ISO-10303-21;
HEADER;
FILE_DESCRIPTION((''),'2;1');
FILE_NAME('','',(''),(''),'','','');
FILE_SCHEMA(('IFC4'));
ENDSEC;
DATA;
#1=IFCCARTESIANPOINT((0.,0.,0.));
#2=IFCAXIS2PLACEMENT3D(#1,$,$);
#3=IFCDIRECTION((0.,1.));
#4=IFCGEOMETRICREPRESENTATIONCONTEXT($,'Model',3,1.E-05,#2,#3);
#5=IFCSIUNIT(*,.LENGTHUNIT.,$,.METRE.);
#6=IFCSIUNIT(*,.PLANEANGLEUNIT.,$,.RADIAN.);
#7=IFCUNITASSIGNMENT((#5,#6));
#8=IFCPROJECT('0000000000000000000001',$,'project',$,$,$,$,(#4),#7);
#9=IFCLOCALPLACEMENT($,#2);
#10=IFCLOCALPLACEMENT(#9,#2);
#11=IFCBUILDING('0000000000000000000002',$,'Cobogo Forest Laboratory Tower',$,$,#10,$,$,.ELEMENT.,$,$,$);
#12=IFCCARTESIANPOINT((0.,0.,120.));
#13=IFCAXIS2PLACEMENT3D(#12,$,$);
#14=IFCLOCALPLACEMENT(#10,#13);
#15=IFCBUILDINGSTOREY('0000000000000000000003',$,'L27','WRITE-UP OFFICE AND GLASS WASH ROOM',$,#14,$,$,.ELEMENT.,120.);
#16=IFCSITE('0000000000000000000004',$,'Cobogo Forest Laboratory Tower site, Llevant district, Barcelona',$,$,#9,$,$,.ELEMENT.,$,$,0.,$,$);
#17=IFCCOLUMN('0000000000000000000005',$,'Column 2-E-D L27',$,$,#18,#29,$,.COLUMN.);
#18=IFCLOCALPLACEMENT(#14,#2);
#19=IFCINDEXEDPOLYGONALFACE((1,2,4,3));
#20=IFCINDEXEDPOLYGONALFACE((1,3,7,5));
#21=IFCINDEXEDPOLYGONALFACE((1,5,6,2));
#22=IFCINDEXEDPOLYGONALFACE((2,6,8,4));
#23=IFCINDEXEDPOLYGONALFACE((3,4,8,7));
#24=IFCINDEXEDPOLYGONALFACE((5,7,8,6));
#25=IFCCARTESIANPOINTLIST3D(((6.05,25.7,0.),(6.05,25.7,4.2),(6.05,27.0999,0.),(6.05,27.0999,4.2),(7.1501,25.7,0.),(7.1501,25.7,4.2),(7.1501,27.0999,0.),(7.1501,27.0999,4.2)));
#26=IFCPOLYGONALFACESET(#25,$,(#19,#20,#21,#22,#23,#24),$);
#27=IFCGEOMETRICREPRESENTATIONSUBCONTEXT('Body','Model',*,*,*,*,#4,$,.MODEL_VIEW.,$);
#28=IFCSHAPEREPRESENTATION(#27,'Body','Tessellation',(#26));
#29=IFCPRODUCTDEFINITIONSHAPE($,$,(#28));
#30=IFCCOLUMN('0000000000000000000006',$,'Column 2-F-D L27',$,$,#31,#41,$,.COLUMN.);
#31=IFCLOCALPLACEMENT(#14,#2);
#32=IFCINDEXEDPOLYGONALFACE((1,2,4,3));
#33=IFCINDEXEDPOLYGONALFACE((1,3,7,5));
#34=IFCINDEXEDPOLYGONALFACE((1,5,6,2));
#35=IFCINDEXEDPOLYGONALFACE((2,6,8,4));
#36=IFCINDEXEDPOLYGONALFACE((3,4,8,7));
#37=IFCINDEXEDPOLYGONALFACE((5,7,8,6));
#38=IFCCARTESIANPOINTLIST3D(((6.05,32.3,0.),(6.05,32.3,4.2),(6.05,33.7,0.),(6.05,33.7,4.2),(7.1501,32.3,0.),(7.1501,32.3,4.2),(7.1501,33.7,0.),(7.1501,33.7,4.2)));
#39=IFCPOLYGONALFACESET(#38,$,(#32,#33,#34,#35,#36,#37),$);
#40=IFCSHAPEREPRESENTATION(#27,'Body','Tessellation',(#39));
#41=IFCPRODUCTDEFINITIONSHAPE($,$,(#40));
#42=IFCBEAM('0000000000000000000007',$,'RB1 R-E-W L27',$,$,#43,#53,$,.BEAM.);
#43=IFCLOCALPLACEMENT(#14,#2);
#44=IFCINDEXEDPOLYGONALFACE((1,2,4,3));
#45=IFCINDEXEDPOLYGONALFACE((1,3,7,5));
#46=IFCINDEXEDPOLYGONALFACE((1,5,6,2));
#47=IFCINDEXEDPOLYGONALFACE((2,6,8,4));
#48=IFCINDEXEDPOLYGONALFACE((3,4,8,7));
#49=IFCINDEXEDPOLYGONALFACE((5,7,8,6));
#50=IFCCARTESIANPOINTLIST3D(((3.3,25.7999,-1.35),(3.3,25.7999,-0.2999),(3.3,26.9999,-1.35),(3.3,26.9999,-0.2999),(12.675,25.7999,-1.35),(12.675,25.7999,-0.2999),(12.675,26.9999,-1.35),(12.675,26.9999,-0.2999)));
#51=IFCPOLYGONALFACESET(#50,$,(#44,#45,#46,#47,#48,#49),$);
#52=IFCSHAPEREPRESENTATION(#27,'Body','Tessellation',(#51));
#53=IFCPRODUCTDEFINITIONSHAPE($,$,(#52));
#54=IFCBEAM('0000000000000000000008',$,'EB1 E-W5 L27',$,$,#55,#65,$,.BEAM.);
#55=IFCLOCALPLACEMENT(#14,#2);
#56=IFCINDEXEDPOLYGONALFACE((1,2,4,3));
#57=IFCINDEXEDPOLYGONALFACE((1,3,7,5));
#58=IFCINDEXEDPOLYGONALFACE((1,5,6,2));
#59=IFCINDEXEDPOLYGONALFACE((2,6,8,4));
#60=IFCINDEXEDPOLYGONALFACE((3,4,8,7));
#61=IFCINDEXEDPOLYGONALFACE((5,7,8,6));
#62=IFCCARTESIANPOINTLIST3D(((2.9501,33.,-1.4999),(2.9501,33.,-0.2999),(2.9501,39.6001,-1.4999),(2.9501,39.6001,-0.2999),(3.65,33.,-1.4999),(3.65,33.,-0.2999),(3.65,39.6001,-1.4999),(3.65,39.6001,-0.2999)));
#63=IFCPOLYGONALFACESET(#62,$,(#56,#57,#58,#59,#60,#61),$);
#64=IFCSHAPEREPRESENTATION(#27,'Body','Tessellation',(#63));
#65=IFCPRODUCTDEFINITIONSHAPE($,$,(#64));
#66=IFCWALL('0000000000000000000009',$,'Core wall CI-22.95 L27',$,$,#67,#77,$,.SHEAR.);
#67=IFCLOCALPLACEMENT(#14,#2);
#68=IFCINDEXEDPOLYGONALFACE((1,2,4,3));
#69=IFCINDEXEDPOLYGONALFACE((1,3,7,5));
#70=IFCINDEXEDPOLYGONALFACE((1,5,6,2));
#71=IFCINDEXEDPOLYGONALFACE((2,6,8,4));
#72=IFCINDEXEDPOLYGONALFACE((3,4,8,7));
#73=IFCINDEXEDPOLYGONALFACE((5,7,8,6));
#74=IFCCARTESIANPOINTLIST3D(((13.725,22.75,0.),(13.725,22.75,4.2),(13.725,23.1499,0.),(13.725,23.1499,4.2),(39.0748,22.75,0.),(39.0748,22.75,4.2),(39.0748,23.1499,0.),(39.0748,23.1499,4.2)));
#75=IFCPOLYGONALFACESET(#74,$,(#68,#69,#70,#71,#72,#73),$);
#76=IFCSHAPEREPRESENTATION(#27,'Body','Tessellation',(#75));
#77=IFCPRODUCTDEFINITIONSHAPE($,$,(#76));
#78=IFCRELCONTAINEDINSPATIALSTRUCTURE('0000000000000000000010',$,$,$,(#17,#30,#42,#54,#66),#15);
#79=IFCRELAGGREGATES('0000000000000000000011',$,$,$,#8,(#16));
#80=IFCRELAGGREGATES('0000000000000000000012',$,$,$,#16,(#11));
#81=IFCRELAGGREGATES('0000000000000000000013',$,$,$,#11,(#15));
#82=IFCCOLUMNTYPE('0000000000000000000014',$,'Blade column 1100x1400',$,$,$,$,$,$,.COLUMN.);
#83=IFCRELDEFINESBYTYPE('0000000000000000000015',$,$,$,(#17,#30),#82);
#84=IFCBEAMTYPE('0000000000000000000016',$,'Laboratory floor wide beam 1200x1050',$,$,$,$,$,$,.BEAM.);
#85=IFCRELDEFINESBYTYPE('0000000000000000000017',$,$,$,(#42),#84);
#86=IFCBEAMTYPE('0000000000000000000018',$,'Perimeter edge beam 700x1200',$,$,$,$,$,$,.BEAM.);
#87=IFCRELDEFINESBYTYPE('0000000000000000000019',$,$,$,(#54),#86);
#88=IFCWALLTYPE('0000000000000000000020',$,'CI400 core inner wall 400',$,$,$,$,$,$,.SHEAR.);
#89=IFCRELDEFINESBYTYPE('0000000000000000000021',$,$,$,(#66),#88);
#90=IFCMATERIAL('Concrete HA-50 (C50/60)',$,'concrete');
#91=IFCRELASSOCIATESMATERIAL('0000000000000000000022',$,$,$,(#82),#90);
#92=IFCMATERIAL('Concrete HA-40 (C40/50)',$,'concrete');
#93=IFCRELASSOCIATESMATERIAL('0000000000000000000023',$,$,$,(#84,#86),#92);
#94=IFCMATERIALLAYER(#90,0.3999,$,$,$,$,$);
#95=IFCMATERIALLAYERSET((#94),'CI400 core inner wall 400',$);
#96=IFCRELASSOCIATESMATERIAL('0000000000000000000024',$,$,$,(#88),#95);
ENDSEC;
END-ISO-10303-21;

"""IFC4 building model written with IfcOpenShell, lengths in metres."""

from ifc_helpers import new_model, si_unit, direction, frame, frame_2d, origin, origin_2d, place, context, subcontext, project, spatial, rectangle, extrude, material, layer, layer_set, material_profile, profile_set, type_object, element, save


model = new_model("IFC4")

# Units and contexts
model_context = context("Model", 3, precision=1e-05, world=origin(), true_north=direction((0.0, 1.0)))
body_context = subcontext(model_context, "Body", "Model", "MODEL_VIEW")
ifc_project = project(units=[si_unit("LENGTHUNIT", "METRE"), si_unit("PLANEANGLEUNIT", "RADIAN")], contexts=[model_context])

# Site, building, storey
site_placement = place(None, origin())
site = spatial("IfcSite", under=ifc_project, at=site_placement, Name="Cobogo Forest Laboratory Tower site, Llevant district, Barcelona", CompositionType="ELEMENT", RefElevation=0.0)
building_placement = place(site_placement, origin())
building = spatial("IfcBuilding", under=site, at=building_placement, Name="Cobogo Forest Laboratory Tower", CompositionType="ELEMENT")
storey_placement = place(building_placement, frame((0.0, 0.0, 120.0)))
storey = spatial("IfcBuildingStorey", under=building, at=storey_placement, Name="L27", Description="WRITE-UP OFFICE AND GLASS WASH ROOM", CompositionType="ELEMENT", Elevation=120.0)

# Columns
ifc_material_1 = material(Name="Concrete HA-50 (C50/60)", Category="concrete")
ifc_material_profile_1 = material_profile(ifc_material_1, rectangle(XDim=1.3999, YDim=1.1001, at=origin_2d()), Name="RC 1100x1400")
ifc_profile_set_1 = profile_set([ifc_material_profile_1], Name="Concrete HA-50 (C50/60)")
column_type = type_object("IfcColumnType", Name="Blade column 1100x1400", PredefinedType="COLUMN", material=ifc_profile_set_1)
for number, where, z_axis, x_axis, name in (
    (1, (6.6001, 26.3999, 0.0), (0.0, 0.0, 1.0), (0.0, 1.0, 0.0), "Column 2-E-D L27"),
    (2, (6.6001, 33.0, 0.0), (0.0, 0.0, 1.0), (0.0, 1.0, 0.0), "Column 2-F-D L27"),
):
    element("IfcColumn", number, at=place(storey_placement, frame(where, z_axis=z_axis, x_axis=x_axis)), inside=storey, type_object=column_type, Name=name, PredefinedType="COLUMN", context=body_context, shape_type="SweptSolid", body=[
        extrude(rectangle(XDim=1.3999, YDim=1.1001, at=origin_2d()), origin(), (0.0, 0.0, 1.0), 4.2),
    ])

# Beams
ifc_material_2 = material(Name="Concrete HA-40 (C40/50)", Category="concrete")
ifc_material_profile_2 = material_profile(ifc_material_2, rectangle(XDim=1.2, YDim=1.05, at=origin_2d()), Name="RC 1200x1050")
ifc_profile_set_2 = profile_set([ifc_material_profile_2], Name="Concrete HA-40 (C40/50)")
beam_type_1 = type_object("IfcBeamType", Name="Laboratory floor wide beam 1200x1050", PredefinedType="BEAM", material=ifc_profile_set_2)
beam_1_placement = place(storey_placement, frame((12.675, 26.3999, -0.825), z_axis=(-1.0, 0.0, 0.0), x_axis=(0.0, -1.0, 0.0)))
element("IfcBeam", 3, at=beam_1_placement, inside=storey, type_object=beam_type_1, Name="RB1 R-E-W L27", PredefinedType="BEAM", context=body_context, shape_type="SweptSolid", body=[
    extrude(rectangle(XDim=1.2, YDim=1.05, at=origin_2d()), origin(), (0.0, 0.0, 1.0), 9.375),
])
ifc_material_profile_3 = material_profile(ifc_material_2, rectangle(XDim=0.7, YDim=1.2, at=origin_2d()), Name="RC 700x1200")
ifc_profile_set_3 = profile_set([ifc_material_profile_3], Name="Concrete HA-40 (C40/50)")
beam_type_2 = type_object("IfcBeamType", Name="Perimeter edge beam 700x1200", PredefinedType="BEAM", material=ifc_profile_set_3)
beam_2_placement = place(storey_placement, frame((3.3, 33.0, -0.8999), z_axis=(0.0, 1.0, 0.0), x_axis=(-1.0, 0.0, 0.0)))
element("IfcBeam", 4, at=beam_2_placement, inside=storey, type_object=beam_type_2, Name="EB1 E-W5 L27", PredefinedType="BEAM", context=body_context, shape_type="SweptSolid", body=[
    extrude(rectangle(XDim=0.7, YDim=1.2, at=origin_2d()), origin(), (0.0, 0.0, 1.0), 6.6001),
])

# Wall
ifc_layer_1 = layer(ifc_material_1, 0.3999)
ifc_layer_set_1 = layer_set([ifc_layer_1], Name="CI400 core inner wall 400")
wall_type_1 = type_object("IfcWallType", Name="CI400 core inner wall 400", PredefinedType="SHEAR", material=ifc_layer_set_1)
wall_1_placement = place(storey_placement, frame((13.7251, 22.95, 0.0), z_axis=(0.0, 0.0, 1.0), x_axis=(1.0, 0.0, 0.0)))
element("IfcWall", 5, at=wall_1_placement, inside=storey, type_object=wall_type_1, Name="Core wall CI-22.95 L27", PredefinedType="SHEAR", context=body_context, shape_type="SweptSolid", body=[
    extrude(rectangle(XDim=25.3499, YDim=0.3999, at=frame_2d((12.6748, 0.0))), origin(), (0.0, 0.0, 1.0), 4.2),
])

save(model, "model.ifc")
